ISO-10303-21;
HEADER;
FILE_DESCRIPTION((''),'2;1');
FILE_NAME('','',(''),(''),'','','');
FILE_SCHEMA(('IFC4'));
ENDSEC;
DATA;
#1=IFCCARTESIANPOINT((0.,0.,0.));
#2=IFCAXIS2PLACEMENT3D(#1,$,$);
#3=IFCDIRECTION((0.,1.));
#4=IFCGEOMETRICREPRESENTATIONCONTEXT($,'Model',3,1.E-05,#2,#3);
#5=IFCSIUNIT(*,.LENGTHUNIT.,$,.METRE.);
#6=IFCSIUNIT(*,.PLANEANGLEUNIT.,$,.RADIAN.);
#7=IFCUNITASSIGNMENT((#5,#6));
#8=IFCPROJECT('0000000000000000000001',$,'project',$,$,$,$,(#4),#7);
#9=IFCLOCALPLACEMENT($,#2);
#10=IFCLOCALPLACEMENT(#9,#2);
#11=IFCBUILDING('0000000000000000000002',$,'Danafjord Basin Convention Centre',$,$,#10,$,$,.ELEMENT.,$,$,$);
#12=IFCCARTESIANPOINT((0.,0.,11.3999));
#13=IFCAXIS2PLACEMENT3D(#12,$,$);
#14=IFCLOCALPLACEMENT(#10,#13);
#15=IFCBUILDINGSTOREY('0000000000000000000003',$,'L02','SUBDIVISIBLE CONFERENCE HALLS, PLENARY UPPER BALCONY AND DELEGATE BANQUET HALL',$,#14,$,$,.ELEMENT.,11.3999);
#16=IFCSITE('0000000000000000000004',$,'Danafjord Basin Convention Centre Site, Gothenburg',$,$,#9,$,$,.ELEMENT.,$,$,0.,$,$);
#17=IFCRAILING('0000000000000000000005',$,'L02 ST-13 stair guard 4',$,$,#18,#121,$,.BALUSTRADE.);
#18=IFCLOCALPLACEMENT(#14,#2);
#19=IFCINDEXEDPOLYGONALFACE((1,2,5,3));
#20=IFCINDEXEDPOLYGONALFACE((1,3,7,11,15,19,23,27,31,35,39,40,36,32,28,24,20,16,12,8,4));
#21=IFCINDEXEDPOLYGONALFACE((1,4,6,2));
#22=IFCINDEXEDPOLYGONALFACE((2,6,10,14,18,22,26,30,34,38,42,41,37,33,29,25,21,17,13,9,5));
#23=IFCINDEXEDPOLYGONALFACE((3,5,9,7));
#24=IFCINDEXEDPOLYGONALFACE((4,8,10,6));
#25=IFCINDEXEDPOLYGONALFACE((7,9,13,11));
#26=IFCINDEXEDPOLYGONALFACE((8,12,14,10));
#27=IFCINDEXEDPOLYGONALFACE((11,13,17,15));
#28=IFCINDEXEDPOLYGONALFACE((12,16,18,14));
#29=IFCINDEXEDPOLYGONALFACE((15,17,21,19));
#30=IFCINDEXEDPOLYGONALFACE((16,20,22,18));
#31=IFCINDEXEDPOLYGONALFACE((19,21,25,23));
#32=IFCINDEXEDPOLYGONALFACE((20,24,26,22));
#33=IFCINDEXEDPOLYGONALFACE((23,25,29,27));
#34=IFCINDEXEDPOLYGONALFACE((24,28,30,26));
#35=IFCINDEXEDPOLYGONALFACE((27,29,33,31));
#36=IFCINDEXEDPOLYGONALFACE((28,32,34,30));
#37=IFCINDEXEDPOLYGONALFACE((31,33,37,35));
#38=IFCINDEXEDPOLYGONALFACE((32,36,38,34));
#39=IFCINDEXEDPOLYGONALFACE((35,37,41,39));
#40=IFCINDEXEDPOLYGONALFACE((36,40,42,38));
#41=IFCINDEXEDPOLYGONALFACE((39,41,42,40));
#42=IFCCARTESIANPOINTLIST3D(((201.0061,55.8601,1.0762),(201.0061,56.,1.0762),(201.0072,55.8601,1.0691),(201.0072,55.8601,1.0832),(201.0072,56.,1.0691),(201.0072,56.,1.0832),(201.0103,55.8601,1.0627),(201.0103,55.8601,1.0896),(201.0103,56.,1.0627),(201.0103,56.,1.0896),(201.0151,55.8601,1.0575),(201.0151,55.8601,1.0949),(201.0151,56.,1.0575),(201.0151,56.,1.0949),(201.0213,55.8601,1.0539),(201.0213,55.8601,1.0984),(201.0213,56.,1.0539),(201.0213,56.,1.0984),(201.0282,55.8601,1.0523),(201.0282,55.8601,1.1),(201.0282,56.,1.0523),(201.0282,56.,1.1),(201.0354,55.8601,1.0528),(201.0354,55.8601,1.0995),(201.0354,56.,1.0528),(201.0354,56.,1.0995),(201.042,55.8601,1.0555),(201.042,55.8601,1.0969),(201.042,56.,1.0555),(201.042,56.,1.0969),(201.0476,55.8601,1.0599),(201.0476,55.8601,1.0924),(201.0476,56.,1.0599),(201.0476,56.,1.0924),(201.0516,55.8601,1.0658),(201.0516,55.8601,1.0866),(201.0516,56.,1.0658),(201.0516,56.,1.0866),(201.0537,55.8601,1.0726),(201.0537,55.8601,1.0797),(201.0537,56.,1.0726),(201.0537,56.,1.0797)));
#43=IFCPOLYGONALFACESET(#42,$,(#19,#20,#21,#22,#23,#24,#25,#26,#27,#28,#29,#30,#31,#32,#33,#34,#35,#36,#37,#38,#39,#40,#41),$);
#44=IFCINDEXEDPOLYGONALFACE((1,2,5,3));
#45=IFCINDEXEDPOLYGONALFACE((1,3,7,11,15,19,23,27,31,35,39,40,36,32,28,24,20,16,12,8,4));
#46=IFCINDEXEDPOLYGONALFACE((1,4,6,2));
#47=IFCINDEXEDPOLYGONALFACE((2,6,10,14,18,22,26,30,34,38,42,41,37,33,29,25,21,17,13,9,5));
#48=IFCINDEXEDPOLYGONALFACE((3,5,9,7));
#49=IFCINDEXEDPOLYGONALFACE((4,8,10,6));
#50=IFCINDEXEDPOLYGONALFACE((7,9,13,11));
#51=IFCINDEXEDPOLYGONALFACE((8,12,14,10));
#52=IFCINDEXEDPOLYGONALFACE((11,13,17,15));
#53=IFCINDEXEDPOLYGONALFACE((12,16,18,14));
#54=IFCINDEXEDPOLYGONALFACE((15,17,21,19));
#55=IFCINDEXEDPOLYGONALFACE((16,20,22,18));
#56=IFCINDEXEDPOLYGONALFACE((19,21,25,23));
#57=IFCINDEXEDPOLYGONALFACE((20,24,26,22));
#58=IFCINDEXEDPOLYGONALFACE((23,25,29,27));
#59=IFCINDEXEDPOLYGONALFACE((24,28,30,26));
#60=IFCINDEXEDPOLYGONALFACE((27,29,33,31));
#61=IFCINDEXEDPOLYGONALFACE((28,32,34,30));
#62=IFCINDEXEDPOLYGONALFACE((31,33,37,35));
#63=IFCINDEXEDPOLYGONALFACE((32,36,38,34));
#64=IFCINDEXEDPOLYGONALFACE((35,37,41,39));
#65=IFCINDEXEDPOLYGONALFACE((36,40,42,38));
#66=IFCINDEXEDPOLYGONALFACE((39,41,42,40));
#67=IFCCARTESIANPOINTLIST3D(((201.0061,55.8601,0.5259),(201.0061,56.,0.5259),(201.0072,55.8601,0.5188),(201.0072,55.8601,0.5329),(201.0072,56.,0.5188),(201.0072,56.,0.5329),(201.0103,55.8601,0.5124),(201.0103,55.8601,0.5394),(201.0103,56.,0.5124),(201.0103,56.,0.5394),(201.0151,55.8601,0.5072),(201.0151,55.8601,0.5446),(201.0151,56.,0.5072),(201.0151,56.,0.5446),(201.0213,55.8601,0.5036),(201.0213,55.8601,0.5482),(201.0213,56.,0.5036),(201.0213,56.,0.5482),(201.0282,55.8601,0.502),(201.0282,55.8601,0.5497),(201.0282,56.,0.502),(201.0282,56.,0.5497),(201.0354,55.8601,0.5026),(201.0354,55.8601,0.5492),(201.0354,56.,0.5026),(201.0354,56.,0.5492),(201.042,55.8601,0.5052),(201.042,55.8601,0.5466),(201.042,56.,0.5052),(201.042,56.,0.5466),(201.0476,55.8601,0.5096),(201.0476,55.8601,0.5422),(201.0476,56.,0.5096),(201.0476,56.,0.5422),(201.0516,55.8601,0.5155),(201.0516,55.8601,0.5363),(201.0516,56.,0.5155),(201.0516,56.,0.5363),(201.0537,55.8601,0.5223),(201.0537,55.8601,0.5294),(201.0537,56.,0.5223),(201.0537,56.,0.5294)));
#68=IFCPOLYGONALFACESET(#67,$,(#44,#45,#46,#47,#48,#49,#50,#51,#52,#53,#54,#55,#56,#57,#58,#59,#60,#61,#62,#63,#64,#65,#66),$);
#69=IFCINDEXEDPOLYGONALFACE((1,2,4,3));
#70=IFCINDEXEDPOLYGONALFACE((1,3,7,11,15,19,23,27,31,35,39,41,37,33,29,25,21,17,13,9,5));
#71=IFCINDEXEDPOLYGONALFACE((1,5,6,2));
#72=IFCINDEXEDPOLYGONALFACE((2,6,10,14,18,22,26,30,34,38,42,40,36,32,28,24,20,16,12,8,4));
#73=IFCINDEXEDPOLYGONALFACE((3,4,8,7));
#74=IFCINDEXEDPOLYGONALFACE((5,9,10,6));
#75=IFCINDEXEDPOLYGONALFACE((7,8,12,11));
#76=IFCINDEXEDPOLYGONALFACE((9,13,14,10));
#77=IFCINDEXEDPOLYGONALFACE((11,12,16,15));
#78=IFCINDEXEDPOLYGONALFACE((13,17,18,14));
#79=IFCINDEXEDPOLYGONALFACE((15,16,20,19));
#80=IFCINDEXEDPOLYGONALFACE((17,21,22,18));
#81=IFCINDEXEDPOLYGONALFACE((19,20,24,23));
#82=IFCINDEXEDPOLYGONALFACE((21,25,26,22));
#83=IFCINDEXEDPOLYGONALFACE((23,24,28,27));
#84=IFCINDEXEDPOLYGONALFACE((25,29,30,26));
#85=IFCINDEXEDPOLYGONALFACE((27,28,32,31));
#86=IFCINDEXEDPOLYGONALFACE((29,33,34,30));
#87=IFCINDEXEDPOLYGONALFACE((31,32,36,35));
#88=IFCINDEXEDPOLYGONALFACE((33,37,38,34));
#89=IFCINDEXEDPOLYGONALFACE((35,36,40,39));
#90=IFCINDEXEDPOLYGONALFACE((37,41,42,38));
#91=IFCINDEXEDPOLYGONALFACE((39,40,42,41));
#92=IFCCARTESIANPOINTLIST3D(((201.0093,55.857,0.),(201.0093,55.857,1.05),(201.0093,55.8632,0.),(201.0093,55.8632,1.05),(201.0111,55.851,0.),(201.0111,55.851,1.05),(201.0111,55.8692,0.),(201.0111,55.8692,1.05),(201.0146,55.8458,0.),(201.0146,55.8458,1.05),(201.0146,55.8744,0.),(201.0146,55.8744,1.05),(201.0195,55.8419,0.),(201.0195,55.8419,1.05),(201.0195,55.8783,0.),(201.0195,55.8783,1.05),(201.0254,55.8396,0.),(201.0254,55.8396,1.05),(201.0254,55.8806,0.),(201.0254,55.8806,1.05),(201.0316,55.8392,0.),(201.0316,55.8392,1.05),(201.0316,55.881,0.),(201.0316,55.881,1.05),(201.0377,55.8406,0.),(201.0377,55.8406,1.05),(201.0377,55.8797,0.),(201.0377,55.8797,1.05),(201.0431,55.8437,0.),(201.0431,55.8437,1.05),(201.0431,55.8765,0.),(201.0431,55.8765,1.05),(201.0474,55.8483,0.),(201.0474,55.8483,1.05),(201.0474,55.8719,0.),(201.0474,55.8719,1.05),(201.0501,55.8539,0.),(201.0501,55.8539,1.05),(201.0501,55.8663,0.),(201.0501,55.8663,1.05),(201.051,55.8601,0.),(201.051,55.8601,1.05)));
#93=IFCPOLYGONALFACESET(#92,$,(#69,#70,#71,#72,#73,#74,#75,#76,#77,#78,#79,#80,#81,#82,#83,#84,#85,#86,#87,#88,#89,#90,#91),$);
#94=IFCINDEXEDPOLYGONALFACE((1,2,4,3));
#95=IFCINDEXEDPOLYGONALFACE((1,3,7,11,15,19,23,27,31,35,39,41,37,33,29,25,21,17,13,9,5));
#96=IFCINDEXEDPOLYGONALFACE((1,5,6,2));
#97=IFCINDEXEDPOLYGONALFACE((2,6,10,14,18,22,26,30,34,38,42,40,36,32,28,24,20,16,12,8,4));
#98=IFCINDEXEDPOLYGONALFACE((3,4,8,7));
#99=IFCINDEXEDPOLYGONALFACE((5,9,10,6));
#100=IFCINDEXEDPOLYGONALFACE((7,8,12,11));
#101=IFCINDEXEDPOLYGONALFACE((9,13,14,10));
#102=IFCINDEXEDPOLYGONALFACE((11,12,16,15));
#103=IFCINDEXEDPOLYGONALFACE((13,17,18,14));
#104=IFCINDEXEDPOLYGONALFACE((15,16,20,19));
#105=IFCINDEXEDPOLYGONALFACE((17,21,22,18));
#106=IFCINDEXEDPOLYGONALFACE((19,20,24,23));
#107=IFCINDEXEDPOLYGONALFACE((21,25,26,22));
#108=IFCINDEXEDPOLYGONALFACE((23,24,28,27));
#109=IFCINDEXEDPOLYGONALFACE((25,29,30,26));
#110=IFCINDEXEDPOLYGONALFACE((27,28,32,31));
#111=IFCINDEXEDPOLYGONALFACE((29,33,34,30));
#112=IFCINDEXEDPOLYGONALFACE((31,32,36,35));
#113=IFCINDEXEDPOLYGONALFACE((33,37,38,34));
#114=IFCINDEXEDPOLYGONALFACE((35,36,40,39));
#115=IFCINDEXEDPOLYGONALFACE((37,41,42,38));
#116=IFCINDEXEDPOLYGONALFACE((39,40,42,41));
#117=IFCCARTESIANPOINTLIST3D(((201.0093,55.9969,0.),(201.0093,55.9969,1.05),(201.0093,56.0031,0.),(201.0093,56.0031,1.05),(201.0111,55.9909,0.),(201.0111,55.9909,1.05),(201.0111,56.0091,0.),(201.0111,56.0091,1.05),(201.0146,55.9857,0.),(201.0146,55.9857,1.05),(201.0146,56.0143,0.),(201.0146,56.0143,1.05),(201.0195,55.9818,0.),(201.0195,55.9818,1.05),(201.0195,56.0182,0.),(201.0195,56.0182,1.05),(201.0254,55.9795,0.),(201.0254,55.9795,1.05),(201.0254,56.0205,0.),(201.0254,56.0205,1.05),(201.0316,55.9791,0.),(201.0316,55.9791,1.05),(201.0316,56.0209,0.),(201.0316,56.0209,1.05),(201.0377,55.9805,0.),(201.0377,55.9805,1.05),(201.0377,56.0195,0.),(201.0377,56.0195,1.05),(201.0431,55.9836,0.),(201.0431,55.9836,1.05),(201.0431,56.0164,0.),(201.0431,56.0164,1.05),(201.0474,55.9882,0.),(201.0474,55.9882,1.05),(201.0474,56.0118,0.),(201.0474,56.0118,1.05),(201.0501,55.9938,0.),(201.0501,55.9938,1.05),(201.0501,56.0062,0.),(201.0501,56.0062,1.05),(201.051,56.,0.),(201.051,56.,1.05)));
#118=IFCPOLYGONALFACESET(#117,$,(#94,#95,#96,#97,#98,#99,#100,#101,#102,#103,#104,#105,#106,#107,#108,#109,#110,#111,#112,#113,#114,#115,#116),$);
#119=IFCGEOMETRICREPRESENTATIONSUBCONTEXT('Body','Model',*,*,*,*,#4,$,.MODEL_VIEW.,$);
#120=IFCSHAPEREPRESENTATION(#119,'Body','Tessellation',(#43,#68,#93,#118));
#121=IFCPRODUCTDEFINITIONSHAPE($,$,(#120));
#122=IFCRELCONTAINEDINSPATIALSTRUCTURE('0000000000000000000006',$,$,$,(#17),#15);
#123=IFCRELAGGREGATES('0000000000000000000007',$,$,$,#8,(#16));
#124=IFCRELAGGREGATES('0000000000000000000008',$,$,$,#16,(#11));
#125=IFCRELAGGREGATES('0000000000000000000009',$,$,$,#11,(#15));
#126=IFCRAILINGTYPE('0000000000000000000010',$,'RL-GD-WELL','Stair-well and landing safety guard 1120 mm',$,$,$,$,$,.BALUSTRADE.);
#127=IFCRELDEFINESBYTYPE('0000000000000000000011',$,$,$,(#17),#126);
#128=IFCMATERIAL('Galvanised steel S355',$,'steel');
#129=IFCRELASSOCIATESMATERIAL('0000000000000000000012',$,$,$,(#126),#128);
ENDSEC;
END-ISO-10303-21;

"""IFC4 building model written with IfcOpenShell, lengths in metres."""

from ifc_helpers import new_model, si_unit, direction, frame, origin, origin_2d, place, context, subcontext, project, spatial, circle, extrude, material, type_object, element, save


model = new_model("IFC4")

# Units and contexts
model_context = context("Model", 3, precision=1e-05, world=origin(), true_north=direction((0.0, 1.0)))
body_context = subcontext(model_context, "Body", "Model", "MODEL_VIEW")
ifc_project = project(units=[si_unit("LENGTHUNIT", "METRE"), si_unit("PLANEANGLEUNIT", "RADIAN")], contexts=[model_context])

# Site, building, storey
site_placement = place(None, origin())
site = spatial("IfcSite", under=ifc_project, at=site_placement, Name="Danafjord Basin Convention Centre Site, Gothenburg", CompositionType="ELEMENT", RefElevation=0.0)
building_placement = place(site_placement, origin())
building = spatial("IfcBuilding", under=site, at=building_placement, Name="Danafjord Basin Convention Centre", CompositionType="ELEMENT")
storey_placement = place(building_placement, frame((0.0, 0.0, 11.3999)))
storey = spatial("IfcBuildingStorey", under=building, at=storey_placement, Name="L02", Description="SUBDIVISIBLE CONFERENCE HALLS, PLENARY UPPER BALCONY AND DELEGATE BANQUET HALL", CompositionType="ELEMENT", Elevation=11.3999)

# Railing
ifc_material_1 = material(Name="Galvanised steel S355", Category="steel")
railing_type_1 = type_object("IfcRailingType", Name="RL-GD-WELL", Description="Stair-well and landing safety guard 1120 mm", PredefinedType="BALUSTRADE", material=ifc_material_1)
railing_1_placement = place(storey_placement, frame((201.03, 55.8601, 0.0)))
element("IfcRailing", 1, at=railing_1_placement, inside=storey, type_object=railing_type_1, Name="L02 ST-13 stair guard 4", PredefinedType="BALUSTRADE", context=body_context, shape_type="SweptSolid", body=[
    extrude(circle(Radius=0.0239, at=origin_2d()), frame((0.0, 0.0, 1.0762), z_axis=(0.0, 1.0, 0.0), x_axis=(-1.0, 0.0, 0.0)), (0.0, 0.0, 1.0), 0.1399),
    extrude(circle(Radius=0.0239, at=origin_2d()), frame((0.0, 0.0, 0.5259), z_axis=(0.0, 1.0, 0.0), x_axis=(-1.0, 0.0, 0.0)), (0.0, 0.0, 1.0), 0.1399),
    extrude(circle(Radius=0.021, at=origin_2d()), origin(), (0.0, 0.0, 1.0), 1.05),
    extrude(circle(Radius=0.021, at=origin_2d()), frame((0.0, 0.1399, 0.0)), (0.0, 0.0, 1.0), 1.05),
])

save(model, "model.ifc")
